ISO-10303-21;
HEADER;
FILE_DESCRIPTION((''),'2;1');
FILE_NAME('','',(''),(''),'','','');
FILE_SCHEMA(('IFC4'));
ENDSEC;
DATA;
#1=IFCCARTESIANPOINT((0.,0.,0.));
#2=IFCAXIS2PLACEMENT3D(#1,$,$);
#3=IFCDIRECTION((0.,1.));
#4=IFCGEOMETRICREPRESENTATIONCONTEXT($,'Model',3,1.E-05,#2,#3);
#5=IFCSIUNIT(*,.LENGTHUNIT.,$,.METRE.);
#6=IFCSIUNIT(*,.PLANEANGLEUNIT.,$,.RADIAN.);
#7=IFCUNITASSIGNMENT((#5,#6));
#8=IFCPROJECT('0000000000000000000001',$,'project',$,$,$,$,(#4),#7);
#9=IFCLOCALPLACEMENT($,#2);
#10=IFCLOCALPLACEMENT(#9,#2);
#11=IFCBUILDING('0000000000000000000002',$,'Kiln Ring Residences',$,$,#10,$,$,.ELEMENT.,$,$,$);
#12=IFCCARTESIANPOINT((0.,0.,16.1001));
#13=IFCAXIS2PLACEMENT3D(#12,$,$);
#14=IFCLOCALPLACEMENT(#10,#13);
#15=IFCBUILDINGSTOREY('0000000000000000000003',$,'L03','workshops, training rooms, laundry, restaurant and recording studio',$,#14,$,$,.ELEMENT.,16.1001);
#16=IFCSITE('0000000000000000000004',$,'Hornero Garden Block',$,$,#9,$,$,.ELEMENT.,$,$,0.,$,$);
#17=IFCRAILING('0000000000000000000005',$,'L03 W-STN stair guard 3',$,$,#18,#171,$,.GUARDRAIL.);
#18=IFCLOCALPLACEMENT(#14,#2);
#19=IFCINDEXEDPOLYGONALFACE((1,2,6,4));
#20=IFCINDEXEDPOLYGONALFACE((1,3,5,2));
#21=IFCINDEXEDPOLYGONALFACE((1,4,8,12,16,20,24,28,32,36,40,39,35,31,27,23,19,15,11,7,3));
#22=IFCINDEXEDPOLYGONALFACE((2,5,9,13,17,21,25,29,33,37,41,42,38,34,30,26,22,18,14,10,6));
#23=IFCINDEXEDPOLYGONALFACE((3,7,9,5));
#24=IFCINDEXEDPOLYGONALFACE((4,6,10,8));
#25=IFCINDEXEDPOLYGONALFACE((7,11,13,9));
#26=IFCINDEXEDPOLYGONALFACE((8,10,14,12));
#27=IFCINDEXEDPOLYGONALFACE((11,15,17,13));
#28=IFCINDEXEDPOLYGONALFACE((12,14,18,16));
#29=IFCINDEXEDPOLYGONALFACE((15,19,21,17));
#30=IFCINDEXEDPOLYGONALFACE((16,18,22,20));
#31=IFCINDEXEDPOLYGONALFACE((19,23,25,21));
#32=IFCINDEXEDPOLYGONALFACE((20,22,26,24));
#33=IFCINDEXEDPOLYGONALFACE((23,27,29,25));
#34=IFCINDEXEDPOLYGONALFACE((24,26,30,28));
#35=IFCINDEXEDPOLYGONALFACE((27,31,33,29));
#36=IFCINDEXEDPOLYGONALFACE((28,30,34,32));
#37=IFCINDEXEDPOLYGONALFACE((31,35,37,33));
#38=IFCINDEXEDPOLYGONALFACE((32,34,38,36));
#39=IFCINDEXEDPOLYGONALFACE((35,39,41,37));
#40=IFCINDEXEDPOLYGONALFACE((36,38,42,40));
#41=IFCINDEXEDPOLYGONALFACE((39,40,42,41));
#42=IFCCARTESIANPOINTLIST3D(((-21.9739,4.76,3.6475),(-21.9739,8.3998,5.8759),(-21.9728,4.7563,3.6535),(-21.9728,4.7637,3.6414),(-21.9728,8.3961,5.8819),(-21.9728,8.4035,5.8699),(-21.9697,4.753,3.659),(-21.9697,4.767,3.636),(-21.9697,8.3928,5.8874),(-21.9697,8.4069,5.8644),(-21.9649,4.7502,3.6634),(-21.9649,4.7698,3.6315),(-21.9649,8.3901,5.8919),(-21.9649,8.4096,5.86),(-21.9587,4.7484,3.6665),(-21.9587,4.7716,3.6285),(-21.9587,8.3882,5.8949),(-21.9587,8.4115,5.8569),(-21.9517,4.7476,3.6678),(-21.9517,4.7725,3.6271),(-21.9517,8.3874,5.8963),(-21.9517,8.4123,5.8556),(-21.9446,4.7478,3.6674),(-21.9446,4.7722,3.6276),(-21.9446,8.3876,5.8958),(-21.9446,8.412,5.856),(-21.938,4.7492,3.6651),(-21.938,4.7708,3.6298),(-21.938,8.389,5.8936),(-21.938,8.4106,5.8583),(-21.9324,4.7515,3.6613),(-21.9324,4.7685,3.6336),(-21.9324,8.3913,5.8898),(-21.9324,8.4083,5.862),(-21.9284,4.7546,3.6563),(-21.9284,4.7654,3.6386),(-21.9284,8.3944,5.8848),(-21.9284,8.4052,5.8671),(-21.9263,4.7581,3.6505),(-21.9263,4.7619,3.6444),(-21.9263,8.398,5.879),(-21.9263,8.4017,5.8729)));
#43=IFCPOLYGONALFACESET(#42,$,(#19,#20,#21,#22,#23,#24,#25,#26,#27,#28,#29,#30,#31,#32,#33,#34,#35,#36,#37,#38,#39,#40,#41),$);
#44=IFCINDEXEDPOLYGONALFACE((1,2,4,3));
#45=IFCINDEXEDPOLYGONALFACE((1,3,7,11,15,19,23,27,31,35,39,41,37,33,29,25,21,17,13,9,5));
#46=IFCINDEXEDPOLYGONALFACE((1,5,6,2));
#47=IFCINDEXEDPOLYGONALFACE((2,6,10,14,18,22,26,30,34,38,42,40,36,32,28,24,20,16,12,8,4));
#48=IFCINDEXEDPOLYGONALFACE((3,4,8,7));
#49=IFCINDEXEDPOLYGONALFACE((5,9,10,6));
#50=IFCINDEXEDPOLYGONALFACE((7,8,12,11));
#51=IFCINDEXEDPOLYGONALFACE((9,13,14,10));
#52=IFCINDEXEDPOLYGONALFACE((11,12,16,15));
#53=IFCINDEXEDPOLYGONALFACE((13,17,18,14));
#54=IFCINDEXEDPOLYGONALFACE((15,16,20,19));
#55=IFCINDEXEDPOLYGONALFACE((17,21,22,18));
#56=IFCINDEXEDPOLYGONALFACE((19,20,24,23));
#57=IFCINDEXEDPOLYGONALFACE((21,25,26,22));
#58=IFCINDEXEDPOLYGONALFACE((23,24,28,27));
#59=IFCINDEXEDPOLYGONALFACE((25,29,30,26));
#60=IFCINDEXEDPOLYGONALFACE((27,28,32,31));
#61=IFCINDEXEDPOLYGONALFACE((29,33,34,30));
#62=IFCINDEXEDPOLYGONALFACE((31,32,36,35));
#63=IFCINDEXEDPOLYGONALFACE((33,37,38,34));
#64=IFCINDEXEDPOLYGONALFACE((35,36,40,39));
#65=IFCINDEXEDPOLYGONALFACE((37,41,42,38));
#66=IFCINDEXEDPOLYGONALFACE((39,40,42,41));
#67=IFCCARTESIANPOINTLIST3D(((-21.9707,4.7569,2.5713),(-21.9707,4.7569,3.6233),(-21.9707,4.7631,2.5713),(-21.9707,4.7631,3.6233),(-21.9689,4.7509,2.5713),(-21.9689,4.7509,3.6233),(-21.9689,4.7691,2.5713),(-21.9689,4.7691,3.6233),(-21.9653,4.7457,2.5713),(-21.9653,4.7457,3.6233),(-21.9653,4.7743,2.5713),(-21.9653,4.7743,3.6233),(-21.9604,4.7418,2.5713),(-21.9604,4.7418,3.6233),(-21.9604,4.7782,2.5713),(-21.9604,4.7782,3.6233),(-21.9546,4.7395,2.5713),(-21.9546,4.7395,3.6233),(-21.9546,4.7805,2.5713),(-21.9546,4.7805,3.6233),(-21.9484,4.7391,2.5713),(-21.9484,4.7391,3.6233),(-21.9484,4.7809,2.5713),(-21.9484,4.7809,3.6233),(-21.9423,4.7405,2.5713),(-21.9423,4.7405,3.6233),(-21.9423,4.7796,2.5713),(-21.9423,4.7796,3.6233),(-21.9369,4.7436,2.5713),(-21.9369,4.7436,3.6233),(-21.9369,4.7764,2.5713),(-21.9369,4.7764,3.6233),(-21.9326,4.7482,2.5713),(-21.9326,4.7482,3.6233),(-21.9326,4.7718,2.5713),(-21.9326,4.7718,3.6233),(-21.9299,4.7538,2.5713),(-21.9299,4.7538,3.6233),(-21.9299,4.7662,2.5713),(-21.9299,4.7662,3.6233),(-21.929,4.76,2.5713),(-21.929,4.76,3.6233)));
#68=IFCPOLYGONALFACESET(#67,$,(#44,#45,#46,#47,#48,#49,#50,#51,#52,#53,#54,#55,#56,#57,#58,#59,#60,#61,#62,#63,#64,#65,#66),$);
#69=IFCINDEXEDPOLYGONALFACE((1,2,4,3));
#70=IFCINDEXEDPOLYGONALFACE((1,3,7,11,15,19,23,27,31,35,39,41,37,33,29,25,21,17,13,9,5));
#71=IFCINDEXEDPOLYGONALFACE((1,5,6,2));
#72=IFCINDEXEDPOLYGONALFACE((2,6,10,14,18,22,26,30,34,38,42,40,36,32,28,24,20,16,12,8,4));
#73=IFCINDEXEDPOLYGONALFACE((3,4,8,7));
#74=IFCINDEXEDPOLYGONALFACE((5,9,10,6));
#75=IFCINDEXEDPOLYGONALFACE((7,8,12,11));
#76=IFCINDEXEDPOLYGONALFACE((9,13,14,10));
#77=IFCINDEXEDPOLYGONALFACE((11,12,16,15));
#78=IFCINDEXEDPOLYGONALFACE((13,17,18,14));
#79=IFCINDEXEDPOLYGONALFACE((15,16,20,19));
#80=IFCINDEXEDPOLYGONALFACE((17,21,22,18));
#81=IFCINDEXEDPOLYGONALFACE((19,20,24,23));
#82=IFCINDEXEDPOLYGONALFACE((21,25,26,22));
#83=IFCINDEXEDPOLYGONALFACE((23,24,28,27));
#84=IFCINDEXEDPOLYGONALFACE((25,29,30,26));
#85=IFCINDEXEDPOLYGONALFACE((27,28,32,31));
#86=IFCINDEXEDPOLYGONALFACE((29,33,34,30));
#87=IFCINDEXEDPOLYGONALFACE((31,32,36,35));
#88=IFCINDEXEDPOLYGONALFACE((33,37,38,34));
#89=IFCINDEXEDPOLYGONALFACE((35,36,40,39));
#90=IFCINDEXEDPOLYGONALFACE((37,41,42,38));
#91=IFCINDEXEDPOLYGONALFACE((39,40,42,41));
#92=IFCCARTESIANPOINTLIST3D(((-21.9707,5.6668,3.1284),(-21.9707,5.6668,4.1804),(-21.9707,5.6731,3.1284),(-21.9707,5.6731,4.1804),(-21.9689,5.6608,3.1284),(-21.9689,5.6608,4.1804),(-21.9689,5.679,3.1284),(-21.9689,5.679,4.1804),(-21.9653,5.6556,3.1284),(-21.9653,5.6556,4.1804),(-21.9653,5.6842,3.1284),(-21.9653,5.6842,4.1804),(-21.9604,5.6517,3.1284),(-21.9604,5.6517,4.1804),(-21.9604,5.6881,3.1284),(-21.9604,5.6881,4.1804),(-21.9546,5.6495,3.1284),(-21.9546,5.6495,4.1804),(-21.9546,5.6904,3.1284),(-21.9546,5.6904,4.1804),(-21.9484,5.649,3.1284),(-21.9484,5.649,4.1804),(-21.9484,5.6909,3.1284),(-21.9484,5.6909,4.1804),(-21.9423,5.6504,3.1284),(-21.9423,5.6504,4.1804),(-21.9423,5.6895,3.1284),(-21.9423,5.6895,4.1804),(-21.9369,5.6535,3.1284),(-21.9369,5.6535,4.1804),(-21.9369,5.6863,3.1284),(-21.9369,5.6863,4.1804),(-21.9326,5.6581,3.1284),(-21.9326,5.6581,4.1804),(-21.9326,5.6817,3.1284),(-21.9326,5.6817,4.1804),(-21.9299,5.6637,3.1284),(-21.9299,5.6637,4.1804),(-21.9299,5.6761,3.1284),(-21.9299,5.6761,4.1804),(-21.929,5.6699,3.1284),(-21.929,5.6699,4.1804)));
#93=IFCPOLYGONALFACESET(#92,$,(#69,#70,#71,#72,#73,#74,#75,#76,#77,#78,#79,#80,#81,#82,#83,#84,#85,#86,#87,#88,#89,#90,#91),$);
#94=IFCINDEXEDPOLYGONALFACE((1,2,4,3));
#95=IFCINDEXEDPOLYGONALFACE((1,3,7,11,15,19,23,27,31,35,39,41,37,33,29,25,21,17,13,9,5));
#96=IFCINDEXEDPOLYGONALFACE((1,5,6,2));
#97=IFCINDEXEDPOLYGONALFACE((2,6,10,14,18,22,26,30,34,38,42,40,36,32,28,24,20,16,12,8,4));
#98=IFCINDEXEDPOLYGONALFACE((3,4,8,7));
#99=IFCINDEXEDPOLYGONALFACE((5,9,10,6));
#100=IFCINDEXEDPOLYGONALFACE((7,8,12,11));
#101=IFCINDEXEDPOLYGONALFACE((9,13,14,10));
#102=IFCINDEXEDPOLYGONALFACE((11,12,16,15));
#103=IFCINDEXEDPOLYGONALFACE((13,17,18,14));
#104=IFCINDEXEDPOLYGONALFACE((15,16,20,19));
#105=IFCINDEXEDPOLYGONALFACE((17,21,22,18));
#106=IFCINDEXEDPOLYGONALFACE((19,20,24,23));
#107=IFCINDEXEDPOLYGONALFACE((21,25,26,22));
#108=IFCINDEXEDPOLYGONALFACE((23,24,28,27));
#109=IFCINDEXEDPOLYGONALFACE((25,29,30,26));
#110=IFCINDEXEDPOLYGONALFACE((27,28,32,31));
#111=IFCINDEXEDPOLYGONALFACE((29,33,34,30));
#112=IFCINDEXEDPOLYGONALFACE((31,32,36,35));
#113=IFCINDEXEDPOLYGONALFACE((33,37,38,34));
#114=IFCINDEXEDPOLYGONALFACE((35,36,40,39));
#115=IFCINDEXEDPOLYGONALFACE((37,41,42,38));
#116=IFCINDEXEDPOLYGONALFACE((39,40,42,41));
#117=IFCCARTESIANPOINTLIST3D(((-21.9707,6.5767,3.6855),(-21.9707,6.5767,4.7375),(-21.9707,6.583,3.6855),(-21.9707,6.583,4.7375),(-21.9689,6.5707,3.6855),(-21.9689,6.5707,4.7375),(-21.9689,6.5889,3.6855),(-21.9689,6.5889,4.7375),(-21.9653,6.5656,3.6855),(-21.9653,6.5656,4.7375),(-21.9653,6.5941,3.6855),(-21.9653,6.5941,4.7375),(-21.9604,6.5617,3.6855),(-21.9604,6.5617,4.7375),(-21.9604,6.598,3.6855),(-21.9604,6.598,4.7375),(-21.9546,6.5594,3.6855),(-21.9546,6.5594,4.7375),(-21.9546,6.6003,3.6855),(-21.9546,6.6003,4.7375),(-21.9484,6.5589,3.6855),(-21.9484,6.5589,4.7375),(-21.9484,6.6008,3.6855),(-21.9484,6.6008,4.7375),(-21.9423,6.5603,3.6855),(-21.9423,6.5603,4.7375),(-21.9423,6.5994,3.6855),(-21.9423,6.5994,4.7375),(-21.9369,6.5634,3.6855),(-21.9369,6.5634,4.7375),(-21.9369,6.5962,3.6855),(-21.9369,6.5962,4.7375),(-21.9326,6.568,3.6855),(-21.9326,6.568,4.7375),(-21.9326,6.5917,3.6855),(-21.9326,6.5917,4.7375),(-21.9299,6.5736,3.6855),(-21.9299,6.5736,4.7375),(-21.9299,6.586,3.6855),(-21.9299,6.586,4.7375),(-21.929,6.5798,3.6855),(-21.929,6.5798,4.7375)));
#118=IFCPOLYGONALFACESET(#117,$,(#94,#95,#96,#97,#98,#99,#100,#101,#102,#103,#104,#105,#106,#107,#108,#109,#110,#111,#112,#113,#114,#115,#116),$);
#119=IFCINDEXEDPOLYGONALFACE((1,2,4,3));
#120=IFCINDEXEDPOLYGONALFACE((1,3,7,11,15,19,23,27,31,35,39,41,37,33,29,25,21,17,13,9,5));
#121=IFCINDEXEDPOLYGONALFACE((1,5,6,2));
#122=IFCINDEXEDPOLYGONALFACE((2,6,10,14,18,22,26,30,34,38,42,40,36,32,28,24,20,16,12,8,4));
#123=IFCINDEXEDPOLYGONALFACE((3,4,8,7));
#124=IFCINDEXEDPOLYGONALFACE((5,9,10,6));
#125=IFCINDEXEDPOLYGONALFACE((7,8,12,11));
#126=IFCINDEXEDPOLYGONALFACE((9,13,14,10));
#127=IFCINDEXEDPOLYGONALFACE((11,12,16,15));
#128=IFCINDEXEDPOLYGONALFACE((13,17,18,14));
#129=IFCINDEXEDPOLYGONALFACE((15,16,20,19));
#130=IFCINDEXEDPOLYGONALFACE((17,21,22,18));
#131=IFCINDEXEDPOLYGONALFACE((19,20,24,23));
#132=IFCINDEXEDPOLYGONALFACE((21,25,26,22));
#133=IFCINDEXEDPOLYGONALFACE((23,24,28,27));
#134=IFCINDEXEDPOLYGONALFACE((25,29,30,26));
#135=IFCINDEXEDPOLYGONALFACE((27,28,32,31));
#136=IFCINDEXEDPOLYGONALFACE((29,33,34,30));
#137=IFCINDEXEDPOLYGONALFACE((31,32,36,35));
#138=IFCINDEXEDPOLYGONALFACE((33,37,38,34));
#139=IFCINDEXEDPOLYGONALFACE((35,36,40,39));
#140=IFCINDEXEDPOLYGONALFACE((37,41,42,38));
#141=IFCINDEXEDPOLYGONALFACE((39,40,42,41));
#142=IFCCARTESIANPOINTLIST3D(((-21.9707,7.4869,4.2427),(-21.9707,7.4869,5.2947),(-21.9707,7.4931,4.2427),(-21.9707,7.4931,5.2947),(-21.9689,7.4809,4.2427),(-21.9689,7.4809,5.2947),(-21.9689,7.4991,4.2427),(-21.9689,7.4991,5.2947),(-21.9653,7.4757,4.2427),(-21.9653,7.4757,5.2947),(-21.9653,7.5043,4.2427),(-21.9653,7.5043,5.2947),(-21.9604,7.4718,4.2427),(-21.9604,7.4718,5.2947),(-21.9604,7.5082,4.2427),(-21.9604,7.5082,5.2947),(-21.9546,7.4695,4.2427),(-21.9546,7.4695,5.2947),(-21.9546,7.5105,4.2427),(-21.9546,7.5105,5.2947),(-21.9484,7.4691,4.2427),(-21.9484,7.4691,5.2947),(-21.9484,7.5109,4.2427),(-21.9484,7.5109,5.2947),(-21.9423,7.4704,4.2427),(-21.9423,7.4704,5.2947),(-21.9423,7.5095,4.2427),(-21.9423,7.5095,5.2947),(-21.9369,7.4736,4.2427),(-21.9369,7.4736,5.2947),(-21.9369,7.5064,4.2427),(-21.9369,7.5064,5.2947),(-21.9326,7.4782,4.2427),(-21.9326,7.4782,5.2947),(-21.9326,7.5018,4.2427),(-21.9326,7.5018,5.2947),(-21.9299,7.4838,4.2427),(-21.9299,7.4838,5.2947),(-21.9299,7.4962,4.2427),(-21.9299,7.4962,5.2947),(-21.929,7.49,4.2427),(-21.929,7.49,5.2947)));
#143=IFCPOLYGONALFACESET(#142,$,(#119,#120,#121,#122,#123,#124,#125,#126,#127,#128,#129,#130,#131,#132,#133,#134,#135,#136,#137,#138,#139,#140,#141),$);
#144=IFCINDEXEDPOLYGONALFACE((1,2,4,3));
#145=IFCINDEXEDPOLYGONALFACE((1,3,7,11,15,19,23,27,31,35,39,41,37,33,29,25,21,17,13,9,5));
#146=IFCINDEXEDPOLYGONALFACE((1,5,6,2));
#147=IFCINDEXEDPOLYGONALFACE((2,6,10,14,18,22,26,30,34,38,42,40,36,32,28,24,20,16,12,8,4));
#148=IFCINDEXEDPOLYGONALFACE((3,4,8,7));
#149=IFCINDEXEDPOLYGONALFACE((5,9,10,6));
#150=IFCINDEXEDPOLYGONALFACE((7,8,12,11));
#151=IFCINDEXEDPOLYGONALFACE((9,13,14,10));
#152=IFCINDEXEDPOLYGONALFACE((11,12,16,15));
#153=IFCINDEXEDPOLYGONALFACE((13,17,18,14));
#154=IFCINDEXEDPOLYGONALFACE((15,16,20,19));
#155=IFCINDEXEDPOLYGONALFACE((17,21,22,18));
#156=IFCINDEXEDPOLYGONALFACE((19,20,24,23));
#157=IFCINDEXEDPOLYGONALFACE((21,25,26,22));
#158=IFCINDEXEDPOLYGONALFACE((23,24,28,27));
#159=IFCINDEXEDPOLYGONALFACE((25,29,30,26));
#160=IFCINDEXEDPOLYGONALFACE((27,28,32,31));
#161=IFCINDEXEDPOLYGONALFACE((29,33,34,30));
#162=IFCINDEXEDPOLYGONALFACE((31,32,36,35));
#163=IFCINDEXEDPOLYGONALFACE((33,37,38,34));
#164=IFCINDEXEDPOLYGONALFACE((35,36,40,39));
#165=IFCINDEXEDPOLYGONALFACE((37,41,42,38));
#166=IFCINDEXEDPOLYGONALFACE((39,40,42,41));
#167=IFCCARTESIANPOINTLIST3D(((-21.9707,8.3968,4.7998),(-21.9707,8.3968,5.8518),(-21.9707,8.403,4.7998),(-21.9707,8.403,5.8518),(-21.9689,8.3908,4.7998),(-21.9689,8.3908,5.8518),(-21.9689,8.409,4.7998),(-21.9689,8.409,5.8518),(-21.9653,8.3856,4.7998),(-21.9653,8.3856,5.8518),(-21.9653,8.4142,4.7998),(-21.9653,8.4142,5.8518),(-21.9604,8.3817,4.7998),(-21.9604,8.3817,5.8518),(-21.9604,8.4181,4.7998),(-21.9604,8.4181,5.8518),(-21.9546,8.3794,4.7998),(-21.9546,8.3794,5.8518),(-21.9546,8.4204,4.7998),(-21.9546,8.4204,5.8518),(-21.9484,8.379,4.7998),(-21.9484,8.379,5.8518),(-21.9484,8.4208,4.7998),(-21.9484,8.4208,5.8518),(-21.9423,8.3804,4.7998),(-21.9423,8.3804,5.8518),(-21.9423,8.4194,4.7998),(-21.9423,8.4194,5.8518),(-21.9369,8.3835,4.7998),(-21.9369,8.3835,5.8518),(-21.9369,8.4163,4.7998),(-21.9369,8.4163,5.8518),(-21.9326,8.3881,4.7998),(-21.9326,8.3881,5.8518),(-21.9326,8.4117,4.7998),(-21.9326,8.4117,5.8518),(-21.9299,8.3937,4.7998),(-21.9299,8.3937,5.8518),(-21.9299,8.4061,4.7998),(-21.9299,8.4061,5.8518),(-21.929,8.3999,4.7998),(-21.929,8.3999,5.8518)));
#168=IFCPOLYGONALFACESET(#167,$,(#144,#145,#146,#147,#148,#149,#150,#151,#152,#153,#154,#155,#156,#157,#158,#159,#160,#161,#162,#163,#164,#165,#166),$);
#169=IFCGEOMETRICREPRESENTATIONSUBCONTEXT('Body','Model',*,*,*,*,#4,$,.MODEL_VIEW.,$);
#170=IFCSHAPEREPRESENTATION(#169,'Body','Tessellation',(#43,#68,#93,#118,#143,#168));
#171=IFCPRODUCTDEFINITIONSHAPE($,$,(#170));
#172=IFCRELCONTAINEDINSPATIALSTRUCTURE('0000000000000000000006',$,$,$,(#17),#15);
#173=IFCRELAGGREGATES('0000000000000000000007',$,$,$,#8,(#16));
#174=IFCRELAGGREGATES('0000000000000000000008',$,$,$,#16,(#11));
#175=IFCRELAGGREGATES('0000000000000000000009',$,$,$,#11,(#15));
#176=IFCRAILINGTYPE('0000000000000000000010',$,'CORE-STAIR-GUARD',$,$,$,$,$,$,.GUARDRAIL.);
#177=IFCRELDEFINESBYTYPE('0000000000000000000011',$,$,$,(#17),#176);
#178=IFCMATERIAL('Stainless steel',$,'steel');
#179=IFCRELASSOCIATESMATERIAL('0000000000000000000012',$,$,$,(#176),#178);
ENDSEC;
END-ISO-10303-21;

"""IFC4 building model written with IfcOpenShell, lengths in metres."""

from ifc_helpers import new_model, si_unit, direction, frame, origin, origin_2d, place, context, subcontext, project, spatial, circle, extrude, material, type_object, element, save


model = new_model("IFC4")

# Units and contexts
model_context = context("Model", 3, precision=1e-05, world=origin(), true_north=direction((0.0, 1.0)))
body_context = subcontext(model_context, "Body", "Model", "MODEL_VIEW")
ifc_project = project(units=[si_unit("LENGTHUNIT", "METRE"), si_unit("PLANEANGLEUNIT", "RADIAN")], contexts=[model_context])

# Site, building, storey
site_placement = place(None, origin())
site = spatial("IfcSite", under=ifc_project, at=site_placement, Name="Hornero Garden Block", CompositionType="ELEMENT", RefElevation=0.0)
building_placement = place(site_placement, origin())
building = spatial("IfcBuilding", under=site, at=building_placement, Name="Kiln Ring Residences", CompositionType="ELEMENT")
storey_placement = place(building_placement, frame((0.0, 0.0, 16.1001)))
storey = spatial("IfcBuildingStorey", under=building, at=storey_placement, Name="L03", Description="workshops, training rooms, laundry, restaurant and recording studio", CompositionType="ELEMENT", Elevation=16.1001)

# Railing
ifc_material_1 = material(Name="Stainless steel", Category="steel")
railing_type_1 = type_object("IfcRailingType", Name="CORE-STAIR-GUARD", PredefinedType="GUARDRAIL", material=ifc_material_1)
railing_1_placement = place(storey_placement, frame((-21.95, 4.76, 2.5713)))
element("IfcRailing", 1, at=railing_1_placement, inside=storey, type_object=railing_type_1, Name="L03 W-STN stair guard 3", PredefinedType="GUARDRAIL", context=body_context, shape_type="SweptSolid", body=[
    extrude(circle(Radius=0.0239, at=origin_2d()), frame((0.0, 0.0, 1.0762), z_axis=(0.0, 0.85285, 0.522156), x_axis=(-1.0, 0.0, 0.0)), (0.0, 0.0, 1.0), 4.2678),
    extrude(circle(Radius=0.021, at=origin_2d()), origin(), (0.0, 0.0, 1.0), 1.052),
    extrude(circle(Radius=0.021, at=origin_2d()), frame((0.0, 0.9099, 0.5571)), (0.0, 0.0, 1.0), 1.052),
    extrude(circle(Radius=0.021, at=origin_2d()), frame((0.0, 1.8198, 1.1143)), (0.0, 0.0, 1.0), 1.052),
    extrude(circle(Radius=0.021, at=origin_2d()), frame((0.0, 2.73, 1.6714)), (0.0, 0.0, 1.0), 1.052),
    extrude(circle(Radius=0.021, at=origin_2d()), frame((0.0, 3.6399, 2.2285)), (0.0, 0.0, 1.0), 1.052),
])

save(model, "model.ifc")
